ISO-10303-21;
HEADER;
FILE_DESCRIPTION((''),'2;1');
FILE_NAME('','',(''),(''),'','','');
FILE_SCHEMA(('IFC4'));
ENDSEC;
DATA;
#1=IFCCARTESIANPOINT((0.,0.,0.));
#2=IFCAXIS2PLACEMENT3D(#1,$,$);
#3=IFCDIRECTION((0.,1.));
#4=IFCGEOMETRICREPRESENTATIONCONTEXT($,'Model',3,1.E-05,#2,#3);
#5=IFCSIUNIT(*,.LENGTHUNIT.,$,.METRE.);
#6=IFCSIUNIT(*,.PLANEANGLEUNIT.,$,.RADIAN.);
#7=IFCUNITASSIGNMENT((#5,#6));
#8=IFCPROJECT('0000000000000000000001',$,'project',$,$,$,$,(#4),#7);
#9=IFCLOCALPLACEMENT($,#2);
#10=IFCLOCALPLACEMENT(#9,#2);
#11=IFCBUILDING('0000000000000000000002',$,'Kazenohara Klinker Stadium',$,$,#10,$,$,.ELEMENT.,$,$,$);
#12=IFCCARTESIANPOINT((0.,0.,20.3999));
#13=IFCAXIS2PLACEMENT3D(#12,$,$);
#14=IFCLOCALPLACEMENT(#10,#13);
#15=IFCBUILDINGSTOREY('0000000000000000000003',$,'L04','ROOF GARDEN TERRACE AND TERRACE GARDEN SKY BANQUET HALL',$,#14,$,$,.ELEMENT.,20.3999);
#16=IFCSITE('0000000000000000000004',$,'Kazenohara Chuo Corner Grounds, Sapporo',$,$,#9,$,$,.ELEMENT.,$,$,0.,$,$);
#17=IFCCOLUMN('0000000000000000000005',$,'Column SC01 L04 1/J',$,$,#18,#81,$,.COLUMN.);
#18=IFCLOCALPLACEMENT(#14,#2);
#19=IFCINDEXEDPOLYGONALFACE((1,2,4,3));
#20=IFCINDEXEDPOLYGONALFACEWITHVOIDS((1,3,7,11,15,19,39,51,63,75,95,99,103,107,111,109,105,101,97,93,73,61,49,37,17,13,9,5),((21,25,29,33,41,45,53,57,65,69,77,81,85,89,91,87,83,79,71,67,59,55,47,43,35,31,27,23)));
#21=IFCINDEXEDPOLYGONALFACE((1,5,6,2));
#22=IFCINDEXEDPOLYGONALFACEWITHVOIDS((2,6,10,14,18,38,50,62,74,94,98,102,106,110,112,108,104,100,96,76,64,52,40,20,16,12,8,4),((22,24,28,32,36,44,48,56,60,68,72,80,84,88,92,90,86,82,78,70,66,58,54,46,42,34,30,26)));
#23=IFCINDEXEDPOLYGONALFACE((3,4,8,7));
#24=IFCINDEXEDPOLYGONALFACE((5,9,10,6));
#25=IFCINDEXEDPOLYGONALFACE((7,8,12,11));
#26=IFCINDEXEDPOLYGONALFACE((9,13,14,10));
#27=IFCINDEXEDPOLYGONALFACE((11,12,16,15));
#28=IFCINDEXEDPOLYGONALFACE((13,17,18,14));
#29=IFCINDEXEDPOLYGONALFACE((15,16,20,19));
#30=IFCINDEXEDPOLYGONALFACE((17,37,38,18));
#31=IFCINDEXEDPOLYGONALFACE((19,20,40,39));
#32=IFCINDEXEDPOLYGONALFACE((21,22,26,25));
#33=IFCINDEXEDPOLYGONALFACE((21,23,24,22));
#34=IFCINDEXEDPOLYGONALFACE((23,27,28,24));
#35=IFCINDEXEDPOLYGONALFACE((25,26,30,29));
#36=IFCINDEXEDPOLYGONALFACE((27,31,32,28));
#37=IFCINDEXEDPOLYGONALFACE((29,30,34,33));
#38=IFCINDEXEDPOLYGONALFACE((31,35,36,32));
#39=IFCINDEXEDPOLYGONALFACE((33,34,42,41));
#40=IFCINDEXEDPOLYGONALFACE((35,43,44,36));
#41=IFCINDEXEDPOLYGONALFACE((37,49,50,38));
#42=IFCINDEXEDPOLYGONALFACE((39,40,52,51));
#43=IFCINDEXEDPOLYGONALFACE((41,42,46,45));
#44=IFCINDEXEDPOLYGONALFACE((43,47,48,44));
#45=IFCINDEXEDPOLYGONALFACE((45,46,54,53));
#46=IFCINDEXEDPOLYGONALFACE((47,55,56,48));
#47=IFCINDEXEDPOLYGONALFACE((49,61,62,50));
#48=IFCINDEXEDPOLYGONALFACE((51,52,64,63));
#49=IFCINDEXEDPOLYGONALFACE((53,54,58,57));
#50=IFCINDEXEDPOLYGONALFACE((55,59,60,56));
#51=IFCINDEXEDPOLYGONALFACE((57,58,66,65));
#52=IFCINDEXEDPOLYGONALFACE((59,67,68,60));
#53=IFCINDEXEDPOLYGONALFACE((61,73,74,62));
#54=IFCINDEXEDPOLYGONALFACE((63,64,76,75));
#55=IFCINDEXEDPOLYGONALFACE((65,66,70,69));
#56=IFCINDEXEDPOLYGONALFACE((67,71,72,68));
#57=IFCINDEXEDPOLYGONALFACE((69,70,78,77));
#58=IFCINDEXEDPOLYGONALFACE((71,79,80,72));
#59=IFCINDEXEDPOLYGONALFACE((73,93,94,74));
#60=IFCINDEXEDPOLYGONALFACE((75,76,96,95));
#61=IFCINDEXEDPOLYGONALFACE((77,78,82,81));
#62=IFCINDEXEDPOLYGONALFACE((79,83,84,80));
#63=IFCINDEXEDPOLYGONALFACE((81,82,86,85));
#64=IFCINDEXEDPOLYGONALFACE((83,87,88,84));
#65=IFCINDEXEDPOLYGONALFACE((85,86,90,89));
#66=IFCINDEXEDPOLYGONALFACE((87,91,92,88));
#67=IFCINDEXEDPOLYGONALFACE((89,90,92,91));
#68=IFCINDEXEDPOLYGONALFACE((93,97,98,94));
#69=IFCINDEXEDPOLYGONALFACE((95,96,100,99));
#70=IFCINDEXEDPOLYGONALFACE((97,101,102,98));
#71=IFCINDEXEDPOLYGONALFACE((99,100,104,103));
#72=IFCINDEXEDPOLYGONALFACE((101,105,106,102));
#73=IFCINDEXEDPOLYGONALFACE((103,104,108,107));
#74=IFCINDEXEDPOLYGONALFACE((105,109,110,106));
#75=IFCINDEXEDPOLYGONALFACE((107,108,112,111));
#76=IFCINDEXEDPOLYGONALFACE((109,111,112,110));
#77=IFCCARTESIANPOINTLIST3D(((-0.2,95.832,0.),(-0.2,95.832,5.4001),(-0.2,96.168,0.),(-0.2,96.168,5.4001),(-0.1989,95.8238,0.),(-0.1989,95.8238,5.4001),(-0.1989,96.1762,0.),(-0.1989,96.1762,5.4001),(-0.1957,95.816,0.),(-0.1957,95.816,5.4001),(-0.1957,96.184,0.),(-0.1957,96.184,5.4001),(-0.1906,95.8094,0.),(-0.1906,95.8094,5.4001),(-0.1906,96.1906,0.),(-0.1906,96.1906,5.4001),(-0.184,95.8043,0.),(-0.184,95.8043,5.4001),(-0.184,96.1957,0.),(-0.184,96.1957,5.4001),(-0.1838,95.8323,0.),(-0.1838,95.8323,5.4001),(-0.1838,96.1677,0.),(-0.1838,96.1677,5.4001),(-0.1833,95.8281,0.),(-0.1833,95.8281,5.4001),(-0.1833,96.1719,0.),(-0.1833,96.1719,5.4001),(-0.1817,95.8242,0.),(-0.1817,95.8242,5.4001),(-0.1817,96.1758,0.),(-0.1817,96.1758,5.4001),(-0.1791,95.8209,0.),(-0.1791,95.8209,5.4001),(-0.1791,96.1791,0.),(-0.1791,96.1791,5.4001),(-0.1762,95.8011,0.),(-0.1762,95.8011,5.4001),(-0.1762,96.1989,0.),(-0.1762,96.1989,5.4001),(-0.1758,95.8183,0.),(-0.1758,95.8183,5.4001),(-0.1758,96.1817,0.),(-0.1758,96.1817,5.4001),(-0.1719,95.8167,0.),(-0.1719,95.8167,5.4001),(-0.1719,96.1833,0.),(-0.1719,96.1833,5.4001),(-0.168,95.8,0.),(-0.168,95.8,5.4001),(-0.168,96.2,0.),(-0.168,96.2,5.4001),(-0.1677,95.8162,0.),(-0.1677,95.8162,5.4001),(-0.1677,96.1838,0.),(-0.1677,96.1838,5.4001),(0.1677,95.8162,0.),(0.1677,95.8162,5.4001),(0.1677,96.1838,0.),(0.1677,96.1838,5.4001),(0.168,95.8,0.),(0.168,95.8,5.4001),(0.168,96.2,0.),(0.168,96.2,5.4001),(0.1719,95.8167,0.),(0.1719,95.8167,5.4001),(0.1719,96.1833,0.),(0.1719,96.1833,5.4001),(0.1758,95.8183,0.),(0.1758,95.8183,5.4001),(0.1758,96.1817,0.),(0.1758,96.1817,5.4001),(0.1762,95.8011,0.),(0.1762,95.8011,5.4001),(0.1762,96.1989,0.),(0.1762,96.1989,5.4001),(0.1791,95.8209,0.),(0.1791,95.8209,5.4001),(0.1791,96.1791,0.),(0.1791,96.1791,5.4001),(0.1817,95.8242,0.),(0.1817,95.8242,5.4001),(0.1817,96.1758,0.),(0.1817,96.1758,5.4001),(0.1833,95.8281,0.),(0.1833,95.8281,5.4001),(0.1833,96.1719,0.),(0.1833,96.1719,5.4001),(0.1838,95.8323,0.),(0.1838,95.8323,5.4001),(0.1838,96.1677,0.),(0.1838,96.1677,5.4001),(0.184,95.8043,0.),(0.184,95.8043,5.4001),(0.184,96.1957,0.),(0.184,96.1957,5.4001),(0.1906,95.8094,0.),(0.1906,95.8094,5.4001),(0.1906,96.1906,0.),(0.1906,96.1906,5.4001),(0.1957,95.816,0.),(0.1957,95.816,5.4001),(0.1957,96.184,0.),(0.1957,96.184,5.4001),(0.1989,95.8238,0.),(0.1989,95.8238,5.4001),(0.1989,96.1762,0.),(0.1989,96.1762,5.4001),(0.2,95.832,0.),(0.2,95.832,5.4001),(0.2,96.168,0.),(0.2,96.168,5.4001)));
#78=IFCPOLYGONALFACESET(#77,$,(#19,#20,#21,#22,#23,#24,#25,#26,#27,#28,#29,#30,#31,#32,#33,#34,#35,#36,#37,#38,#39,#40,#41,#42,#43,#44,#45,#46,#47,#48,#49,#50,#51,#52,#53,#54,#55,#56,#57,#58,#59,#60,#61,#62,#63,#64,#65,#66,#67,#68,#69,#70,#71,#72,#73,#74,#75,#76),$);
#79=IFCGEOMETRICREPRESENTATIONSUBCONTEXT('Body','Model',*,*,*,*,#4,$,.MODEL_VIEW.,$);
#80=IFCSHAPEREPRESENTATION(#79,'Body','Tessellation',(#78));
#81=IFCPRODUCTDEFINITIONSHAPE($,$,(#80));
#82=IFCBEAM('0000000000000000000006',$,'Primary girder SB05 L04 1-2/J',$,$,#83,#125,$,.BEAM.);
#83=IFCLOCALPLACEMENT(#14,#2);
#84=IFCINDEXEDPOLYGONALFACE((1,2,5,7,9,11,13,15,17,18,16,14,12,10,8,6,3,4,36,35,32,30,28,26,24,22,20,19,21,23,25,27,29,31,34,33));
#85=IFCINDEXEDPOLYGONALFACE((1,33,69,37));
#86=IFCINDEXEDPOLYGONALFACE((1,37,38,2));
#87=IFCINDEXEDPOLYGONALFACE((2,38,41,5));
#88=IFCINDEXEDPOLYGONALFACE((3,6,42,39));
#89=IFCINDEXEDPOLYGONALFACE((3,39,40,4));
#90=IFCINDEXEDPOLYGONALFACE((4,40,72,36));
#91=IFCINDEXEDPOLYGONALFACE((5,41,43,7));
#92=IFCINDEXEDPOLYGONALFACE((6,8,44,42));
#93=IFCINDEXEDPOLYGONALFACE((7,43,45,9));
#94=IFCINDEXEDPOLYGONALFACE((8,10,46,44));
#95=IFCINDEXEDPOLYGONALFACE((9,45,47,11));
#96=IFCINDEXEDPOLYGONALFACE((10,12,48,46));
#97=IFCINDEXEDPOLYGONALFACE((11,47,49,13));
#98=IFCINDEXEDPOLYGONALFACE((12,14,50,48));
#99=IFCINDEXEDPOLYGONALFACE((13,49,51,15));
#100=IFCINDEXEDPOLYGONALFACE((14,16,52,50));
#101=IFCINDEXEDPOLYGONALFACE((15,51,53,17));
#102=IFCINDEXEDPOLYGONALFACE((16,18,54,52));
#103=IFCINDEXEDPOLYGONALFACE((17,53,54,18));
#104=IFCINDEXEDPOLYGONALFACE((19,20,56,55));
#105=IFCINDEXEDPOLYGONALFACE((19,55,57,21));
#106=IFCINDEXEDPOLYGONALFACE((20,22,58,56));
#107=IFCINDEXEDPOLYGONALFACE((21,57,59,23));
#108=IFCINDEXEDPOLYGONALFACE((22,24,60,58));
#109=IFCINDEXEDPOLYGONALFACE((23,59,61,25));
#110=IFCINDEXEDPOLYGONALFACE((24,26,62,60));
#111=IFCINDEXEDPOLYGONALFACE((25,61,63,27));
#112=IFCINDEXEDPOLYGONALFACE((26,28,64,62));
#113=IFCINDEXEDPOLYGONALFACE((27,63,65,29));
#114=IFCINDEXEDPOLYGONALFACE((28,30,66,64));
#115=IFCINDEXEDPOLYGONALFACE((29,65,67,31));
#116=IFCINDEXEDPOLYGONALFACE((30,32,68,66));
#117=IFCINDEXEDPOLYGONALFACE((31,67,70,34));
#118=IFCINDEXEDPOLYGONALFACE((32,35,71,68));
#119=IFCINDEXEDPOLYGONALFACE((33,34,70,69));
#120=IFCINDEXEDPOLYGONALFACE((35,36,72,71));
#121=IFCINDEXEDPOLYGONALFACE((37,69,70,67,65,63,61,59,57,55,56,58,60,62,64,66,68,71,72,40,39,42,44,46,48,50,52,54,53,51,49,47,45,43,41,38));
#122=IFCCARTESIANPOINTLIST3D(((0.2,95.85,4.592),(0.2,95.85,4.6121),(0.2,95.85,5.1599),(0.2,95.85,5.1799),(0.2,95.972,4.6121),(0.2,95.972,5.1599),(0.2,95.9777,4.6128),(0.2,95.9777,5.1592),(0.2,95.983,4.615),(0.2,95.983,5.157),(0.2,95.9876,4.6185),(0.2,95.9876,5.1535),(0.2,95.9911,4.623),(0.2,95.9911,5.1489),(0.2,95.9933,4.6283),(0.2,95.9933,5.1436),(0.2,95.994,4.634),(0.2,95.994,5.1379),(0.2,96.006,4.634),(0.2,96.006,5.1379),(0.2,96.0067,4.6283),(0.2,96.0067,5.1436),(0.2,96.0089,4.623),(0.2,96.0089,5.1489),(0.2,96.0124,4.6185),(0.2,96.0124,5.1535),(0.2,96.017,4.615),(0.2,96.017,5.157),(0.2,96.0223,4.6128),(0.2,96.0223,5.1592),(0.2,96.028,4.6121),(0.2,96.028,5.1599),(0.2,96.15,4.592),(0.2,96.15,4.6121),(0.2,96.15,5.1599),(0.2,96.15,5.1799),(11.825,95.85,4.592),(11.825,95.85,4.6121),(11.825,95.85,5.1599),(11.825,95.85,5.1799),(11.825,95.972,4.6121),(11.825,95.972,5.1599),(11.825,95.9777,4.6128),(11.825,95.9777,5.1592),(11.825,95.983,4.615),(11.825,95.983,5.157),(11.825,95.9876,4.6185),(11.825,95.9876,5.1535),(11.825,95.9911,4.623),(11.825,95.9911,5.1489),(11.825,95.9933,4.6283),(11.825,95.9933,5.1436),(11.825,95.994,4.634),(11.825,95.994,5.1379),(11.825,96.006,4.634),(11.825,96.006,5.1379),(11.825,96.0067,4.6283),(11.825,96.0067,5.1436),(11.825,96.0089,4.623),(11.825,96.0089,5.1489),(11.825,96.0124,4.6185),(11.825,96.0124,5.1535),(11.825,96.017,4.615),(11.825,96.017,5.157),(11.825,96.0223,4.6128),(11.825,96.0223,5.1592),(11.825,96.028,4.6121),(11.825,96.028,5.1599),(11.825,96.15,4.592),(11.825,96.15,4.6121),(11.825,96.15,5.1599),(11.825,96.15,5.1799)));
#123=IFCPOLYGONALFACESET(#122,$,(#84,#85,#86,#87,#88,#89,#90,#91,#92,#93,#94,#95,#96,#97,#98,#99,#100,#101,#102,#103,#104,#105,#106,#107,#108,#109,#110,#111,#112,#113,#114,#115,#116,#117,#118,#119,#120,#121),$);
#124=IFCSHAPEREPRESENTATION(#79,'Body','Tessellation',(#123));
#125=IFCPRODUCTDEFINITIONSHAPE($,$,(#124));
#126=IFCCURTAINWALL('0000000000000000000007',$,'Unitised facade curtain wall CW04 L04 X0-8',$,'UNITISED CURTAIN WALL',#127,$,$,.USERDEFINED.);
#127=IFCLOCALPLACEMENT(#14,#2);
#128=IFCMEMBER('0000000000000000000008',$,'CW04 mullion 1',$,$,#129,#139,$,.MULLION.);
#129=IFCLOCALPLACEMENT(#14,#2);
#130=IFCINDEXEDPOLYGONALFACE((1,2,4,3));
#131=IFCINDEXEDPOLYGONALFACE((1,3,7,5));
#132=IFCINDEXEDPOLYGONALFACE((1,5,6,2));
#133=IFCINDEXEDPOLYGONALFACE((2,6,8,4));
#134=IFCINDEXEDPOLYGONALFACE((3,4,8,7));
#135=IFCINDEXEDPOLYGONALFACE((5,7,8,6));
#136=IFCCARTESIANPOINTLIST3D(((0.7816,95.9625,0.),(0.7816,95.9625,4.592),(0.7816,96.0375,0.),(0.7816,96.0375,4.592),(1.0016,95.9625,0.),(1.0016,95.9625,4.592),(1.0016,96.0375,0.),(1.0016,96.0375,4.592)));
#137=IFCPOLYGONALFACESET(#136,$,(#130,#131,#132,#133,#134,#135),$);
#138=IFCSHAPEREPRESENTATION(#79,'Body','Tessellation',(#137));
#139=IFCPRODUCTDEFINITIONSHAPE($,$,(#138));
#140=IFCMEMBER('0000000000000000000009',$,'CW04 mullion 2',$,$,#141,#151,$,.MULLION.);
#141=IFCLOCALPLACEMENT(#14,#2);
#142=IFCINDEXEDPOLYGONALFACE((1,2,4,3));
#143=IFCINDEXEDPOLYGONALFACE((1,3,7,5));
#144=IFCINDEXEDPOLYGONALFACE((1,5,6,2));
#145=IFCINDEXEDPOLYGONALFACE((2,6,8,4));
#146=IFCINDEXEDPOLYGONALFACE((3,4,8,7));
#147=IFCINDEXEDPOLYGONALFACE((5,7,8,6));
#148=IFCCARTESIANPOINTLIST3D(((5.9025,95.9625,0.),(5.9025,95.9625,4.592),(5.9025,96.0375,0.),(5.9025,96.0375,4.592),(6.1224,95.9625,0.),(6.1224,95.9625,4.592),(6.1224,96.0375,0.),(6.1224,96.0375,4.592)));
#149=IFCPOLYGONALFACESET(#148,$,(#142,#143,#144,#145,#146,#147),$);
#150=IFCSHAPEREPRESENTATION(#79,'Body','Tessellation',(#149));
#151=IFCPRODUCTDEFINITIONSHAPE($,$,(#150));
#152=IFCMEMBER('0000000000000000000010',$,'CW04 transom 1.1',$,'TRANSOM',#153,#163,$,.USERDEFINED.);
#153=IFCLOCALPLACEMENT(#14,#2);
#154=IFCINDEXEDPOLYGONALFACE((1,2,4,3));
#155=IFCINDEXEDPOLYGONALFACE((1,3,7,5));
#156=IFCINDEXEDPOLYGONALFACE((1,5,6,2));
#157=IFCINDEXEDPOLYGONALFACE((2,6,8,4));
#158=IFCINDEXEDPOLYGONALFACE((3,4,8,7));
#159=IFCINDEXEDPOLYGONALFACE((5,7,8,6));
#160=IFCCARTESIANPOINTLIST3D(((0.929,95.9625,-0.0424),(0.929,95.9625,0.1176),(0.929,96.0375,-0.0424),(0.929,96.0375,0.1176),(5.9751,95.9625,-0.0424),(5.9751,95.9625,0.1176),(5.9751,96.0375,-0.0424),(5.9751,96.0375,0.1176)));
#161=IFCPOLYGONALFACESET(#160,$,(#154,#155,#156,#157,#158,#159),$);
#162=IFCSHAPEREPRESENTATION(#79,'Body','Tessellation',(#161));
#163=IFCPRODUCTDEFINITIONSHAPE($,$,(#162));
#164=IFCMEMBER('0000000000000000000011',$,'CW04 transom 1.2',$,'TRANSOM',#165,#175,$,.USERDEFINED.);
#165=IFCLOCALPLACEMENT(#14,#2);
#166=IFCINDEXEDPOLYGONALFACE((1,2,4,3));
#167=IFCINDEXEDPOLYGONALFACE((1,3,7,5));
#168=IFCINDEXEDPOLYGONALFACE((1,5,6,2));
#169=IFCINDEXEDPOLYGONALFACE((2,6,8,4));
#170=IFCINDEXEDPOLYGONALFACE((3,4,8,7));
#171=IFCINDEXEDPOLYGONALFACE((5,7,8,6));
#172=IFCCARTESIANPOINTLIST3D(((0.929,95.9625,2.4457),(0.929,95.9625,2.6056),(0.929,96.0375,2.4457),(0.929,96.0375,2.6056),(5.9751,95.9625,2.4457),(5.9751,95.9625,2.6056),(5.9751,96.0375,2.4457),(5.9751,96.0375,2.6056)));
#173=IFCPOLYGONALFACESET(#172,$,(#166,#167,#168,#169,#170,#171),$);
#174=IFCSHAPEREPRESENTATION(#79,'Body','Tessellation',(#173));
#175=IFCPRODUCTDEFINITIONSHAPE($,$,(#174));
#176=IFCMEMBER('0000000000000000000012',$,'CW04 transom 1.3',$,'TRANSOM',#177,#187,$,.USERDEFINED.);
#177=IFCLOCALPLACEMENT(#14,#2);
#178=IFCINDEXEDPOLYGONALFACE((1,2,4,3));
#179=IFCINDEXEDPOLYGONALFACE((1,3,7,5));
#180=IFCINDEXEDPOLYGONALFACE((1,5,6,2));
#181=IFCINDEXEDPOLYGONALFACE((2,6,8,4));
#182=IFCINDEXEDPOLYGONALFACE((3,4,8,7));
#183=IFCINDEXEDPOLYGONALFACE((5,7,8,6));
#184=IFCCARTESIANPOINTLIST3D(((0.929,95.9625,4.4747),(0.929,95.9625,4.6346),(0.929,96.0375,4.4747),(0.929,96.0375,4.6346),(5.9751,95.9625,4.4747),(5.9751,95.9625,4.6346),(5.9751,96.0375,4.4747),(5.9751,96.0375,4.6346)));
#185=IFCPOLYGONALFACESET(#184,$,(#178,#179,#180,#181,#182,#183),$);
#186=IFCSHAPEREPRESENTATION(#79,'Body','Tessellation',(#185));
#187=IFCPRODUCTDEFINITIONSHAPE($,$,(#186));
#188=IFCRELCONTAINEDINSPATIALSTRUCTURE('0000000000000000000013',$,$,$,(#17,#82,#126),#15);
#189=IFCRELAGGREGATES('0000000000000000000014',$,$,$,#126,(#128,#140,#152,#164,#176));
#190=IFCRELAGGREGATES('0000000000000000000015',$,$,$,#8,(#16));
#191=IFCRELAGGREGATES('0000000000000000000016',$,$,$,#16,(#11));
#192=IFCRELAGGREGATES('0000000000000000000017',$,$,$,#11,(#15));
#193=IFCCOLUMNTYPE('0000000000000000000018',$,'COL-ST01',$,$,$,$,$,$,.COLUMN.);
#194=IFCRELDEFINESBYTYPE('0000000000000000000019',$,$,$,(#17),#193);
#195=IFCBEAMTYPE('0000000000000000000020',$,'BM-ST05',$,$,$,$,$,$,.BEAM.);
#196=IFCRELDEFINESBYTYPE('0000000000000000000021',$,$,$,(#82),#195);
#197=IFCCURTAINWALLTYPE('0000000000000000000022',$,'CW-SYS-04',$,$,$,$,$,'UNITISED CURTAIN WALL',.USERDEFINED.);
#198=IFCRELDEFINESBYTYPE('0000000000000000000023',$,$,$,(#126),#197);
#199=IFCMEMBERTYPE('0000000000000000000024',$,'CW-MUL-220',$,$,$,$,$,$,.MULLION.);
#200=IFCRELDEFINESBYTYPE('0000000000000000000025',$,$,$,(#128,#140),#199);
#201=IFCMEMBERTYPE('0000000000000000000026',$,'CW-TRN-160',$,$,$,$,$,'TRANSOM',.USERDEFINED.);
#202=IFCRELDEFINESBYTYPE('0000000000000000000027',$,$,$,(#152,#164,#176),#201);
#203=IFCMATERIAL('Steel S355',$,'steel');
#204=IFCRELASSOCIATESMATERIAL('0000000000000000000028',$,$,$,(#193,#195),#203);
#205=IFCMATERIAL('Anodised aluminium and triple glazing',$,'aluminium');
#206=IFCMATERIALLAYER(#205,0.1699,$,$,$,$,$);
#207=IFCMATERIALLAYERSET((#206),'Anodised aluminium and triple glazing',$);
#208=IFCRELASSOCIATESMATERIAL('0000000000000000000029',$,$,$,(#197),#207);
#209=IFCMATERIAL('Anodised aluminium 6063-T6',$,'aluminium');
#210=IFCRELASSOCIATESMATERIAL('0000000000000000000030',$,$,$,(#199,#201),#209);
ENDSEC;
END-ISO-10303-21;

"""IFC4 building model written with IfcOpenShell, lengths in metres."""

from ifc_helpers import new_model, si_unit, direction, frame, origin, origin_2d, place, context, subcontext, project, spatial, rectangle, hollow_rectangle, i_section, extrude, material, layer, layer_set, material_profile, profile_set, type_object, element, aggregate, save


model = new_model("IFC4")

# Units and contexts
model_context = context("Model", 3, precision=1e-05, world=origin(), true_north=direction((0.0, 1.0)))
body_context = subcontext(model_context, "Body", "Model", "MODEL_VIEW")
ifc_project = project(units=[si_unit("LENGTHUNIT", "METRE"), si_unit("PLANEANGLEUNIT", "RADIAN")], contexts=[model_context])

# Site, building, storey
site_placement = place(None, origin())
site = spatial("IfcSite", under=ifc_project, at=site_placement, Name="Kazenohara Chuo Corner Grounds, Sapporo", CompositionType="ELEMENT", RefElevation=0.0)
building_placement = place(site_placement, origin())
building = spatial("IfcBuilding", under=site, at=building_placement, Name="Kazenohara Klinker Stadium", CompositionType="ELEMENT")
storey_placement = place(building_placement, frame((0.0, 0.0, 20.3999)))
storey = spatial("IfcBuildingStorey", under=building, at=storey_placement, Name="L04", Description="ROOF GARDEN TERRACE AND TERRACE GARDEN SKY BANQUET HALL", CompositionType="ELEMENT", Elevation=20.3999)

# Column
ifc_material_1 = material(Name="Steel S355", Category="steel")
ifc_material_profile_1 = material_profile(ifc_material_1, hollow_rectangle(XDim=0.3999, YDim=0.3999, WallThickness=0.0161, InnerFilletRadius=0.0161, OuterFilletRadius=0.032, at=origin_2d()), Name="SHS-400x400x16")
ifc_profile_set_1 = profile_set([ifc_material_profile_1], Name="Steel S355")
column_type = type_object("IfcColumnType", Name="COL-ST01", PredefinedType="COLUMN", material=ifc_profile_set_1)
column_placement = place(storey_placement, frame((0.0, 96.0, 0.0), z_axis=(0.0, 0.0, 1.0), x_axis=(1.0, 0.0, 0.0)))
element("IfcColumn", 1, at=column_placement, inside=storey, type_object=column_type, Name="Column SC01 L04 1/J", PredefinedType="COLUMN", context=body_context, shape_type="SweptSolid", body=[
    extrude(hollow_rectangle(XDim=0.3999, YDim=0.3999, WallThickness=0.0161, InnerFilletRadius=0.0161, OuterFilletRadius=0.032, at=origin_2d()), origin(), (0.0, 0.0, 1.0), 5.4001),
])

# Beam
ifc_material_profile_2 = material_profile(ifc_material_1, i_section(OverallWidth=0.3, OverallDepth=0.5879, WebThickness=0.012, FlangeThickness=0.02, FilletRadius=0.022, at=origin_2d()), Name="H-588x300x12x20")
ifc_profile_set_2 = profile_set([ifc_material_profile_2], Name="Steel S355")
beam_type = type_object("IfcBeamType", Name="BM-ST05", PredefinedType="BEAM", material=ifc_profile_set_2)
beam_placement = place(storey_placement, frame((0.2, 96.0, 4.886), z_axis=(1.0, 0.0, 0.0), x_axis=(0.0, 1.0, 0.0)))
element("IfcBeam", 2, at=beam_placement, inside=storey, type_object=beam_type, Name="Primary girder SB05 L04 1-2/J", PredefinedType="BEAM", context=body_context, shape_type="SweptSolid", body=[
    extrude(i_section(OverallWidth=0.3, OverallDepth=0.5879, WebThickness=0.012, FlangeThickness=0.02, FilletRadius=0.022, at=origin_2d()), origin(), (0.0, 0.0, 1.0), 11.625),
])

# Curtain wall, members
ifc_material_2 = material(Name="Anodised aluminium and triple glazing", Category="aluminium")
ifc_layer_1 = layer(ifc_material_2, 0.1699)
ifc_layer_set_1 = layer_set([ifc_layer_1], Name="Anodised aluminium and triple glazing")
curtain_wall_type = type_object("IfcCurtainWallType", Name="CW-SYS-04", ElementType="UNITISED CURTAIN WALL", PredefinedType="USERDEFINED", material=ifc_layer_set_1)
curtain_wall_placement = place(storey_placement, origin())
curtain_wall = element("IfcCurtainWall", 3, at=curtain_wall_placement, inside=storey, type_object=curtain_wall_type, Name="Unitised facade curtain wall CW04 L04 X0-8", ObjectType="UNITISED CURTAIN WALL", PredefinedType="USERDEFINED")
ifc_material_3 = material(Name="Anodised aluminium 6063-T6", Category="aluminium")
ifc_material_profile_3 = material_profile(ifc_material_3, rectangle(XDim=0.075, YDim=0.22, at=origin_2d()), Name="ALU-MUL-75x220")
ifc_profile_set_3 = profile_set([ifc_material_profile_3], Name="Anodised aluminium 6063-T6")
member_type_1 = type_object("IfcMemberType", Name="CW-MUL-220", PredefinedType="MULLION", material=ifc_profile_set_3)
member_1_placement = place(storey_placement, frame((0.8916, 96.0, 0.0), z_axis=(0.0, 0.0, 1.0), x_axis=(0.0, 1.0, 0.0)))
member_1 = element("IfcMember", 4, at=member_1_placement, type_object=member_type_1, Name="CW04 mullion 1", PredefinedType="MULLION", context=body_context, shape_type="SweptSolid", body=[
    extrude(rectangle(XDim=0.075, YDim=0.22, at=origin_2d()), origin(), (0.0, 0.0, 1.0), 4.592),
])
member_2_placement = place(storey_placement, frame((6.0125, 96.0, 0.0), z_axis=(0.0, 0.0, 1.0), x_axis=(0.0, 1.0, 0.0)))
member_2 = element("IfcMember", 5, at=member_2_placement, type_object=member_type_1, Name="CW04 mullion 2", PredefinedType="MULLION", context=body_context, shape_type="SweptSolid", body=[
    extrude(rectangle(XDim=0.075, YDim=0.22, at=origin_2d()), origin(), (0.0, 0.0, 1.0), 4.592),
])
ifc_material_profile_4 = material_profile(ifc_material_3, rectangle(XDim=0.075, YDim=0.1599, at=origin_2d()), Name="ALU-TRN-75x160")
ifc_profile_set_4 = profile_set([ifc_material_profile_4], Name="Anodised aluminium 6063-T6")
member_type_2 = type_object("IfcMemberType", Name="CW-TRN-160", ElementType="TRANSOM", PredefinedType="USERDEFINED", material=ifc_profile_set_4)
member_3_placement = place(storey_placement, frame((0.929, 96.0, 0.0376), z_axis=(1.0, 0.0, 0.0), x_axis=(0.0, 1.0, 0.0)))
member_3 = element("IfcMember", 6, at=member_3_placement, type_object=member_type_2, Name="CW04 transom 1.1", ObjectType="TRANSOM", PredefinedType="USERDEFINED", context=body_context, shape_type="SweptSolid", body=[
    extrude(rectangle(XDim=0.075, YDim=0.1599, at=origin_2d()), origin(), (0.0, 0.0, 1.0), 5.0461),
])
member_4_placement = place(storey_placement, frame((0.929, 96.0, 2.5256), z_axis=(1.0, 0.0, 0.0), x_axis=(0.0, 1.0, 0.0)))
member_4 = element("IfcMember", 7, at=member_4_placement, type_object=member_type_2, Name="CW04 transom 1.2", ObjectType="TRANSOM", PredefinedType="USERDEFINED", context=body_context, shape_type="SweptSolid", body=[
    extrude(rectangle(XDim=0.075, YDim=0.1599, at=origin_2d()), origin(), (0.0, 0.0, 1.0), 5.0461),
])
member_5_placement = place(storey_placement, frame((0.929, 96.0, 4.5547), z_axis=(1.0, 0.0, 0.0), x_axis=(0.0, 1.0, 0.0)))
member_5 = element("IfcMember", 8, at=member_5_placement, type_object=member_type_2, Name="CW04 transom 1.3", ObjectType="TRANSOM", PredefinedType="USERDEFINED", context=body_context, shape_type="SweptSolid", body=[
    extrude(rectangle(XDim=0.075, YDim=0.1599, at=origin_2d()), origin(), (0.0, 0.0, 1.0), 5.0461),
])
aggregate(curtain_wall, [member_1, member_2, member_3, member_4, member_5])

save(model, "model.ifc")
